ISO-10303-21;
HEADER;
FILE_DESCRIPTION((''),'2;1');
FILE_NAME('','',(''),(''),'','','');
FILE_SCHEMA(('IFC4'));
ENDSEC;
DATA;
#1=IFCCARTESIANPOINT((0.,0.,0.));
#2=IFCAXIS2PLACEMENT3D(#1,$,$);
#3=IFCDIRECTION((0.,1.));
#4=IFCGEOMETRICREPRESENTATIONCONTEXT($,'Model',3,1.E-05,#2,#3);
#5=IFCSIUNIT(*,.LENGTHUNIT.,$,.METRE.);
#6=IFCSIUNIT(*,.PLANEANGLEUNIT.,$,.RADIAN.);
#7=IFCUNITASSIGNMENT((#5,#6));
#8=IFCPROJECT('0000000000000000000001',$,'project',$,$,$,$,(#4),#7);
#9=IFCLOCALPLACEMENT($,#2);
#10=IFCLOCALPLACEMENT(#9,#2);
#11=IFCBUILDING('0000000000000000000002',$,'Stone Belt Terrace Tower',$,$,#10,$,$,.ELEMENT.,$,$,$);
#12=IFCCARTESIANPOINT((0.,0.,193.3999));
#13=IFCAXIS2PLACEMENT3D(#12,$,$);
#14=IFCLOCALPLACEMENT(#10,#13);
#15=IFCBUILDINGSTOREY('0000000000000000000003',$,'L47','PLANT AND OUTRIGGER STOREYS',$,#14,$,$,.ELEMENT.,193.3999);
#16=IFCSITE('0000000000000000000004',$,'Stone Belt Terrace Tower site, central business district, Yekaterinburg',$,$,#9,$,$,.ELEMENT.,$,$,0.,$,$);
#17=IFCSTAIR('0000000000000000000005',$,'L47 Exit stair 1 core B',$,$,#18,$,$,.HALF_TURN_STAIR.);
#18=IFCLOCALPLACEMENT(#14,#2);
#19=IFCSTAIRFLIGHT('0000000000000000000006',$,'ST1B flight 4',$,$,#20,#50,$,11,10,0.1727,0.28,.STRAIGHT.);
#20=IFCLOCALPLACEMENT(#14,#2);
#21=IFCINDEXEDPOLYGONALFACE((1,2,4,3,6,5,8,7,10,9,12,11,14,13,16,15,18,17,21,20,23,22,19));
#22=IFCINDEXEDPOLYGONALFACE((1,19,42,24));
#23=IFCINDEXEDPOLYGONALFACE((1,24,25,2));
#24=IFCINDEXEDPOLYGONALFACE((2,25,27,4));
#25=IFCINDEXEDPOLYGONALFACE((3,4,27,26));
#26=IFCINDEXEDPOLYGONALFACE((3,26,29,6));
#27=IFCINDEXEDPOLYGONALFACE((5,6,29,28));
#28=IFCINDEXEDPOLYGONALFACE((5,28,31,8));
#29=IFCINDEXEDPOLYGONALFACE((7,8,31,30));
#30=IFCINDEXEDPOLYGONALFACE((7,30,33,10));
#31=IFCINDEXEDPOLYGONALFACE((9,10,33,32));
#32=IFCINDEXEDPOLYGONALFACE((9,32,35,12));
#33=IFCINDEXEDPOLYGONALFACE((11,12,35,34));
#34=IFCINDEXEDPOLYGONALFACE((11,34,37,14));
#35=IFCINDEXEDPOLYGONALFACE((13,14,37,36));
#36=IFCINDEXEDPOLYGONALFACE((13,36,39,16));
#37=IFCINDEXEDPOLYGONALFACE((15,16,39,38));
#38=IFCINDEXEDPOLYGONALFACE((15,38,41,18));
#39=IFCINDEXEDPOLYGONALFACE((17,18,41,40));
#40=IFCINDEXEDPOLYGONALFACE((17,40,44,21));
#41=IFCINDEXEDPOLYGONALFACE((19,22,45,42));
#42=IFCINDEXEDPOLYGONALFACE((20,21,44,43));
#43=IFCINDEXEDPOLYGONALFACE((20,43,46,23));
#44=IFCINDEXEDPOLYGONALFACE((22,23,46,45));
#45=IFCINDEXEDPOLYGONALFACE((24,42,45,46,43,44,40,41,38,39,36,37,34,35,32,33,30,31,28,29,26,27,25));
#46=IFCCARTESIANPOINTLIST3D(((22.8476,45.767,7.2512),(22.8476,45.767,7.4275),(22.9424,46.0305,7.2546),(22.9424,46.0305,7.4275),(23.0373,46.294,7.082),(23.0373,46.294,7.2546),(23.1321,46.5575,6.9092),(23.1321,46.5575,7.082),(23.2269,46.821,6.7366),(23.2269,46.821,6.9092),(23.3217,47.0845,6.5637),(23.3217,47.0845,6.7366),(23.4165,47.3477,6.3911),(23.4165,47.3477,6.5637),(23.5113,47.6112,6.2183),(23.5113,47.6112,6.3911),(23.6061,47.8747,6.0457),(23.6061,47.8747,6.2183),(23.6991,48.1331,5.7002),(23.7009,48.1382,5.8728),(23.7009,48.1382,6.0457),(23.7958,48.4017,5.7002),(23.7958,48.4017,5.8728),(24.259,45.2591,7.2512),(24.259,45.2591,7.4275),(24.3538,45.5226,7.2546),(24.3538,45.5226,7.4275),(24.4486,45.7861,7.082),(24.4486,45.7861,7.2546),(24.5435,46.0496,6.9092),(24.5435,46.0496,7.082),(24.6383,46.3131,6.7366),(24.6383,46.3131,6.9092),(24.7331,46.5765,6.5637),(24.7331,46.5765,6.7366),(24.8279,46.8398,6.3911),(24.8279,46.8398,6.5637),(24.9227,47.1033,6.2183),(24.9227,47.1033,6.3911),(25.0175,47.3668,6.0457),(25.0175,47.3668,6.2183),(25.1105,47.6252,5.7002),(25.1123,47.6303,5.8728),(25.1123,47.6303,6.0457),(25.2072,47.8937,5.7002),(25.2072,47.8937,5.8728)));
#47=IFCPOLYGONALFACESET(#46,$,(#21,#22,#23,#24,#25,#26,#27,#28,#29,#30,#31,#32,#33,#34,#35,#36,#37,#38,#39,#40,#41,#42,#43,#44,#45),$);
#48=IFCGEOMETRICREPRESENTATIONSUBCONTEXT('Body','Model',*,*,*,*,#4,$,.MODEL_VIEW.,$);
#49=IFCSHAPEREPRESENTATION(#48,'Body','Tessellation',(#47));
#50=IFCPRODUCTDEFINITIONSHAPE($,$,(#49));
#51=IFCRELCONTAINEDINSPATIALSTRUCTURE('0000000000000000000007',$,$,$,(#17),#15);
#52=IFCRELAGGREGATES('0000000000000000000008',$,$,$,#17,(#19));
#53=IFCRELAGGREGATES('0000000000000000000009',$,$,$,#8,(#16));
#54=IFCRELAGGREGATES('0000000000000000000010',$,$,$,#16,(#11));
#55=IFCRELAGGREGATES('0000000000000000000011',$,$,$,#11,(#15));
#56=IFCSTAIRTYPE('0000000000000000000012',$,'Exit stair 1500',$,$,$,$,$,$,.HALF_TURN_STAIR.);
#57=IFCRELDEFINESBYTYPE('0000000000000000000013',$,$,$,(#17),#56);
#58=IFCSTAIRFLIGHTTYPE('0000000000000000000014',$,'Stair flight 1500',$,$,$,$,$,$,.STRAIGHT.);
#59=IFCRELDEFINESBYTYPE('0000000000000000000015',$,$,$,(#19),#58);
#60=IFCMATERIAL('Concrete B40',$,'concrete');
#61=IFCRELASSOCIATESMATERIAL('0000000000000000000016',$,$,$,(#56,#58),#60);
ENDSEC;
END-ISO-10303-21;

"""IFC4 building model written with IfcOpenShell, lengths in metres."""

from ifc_helpers import new_model, si_unit, direction, frame, origin, place, context, subcontext, project, spatial, polyline, outline, extrude, material, type_object, element, aggregate, save


model = new_model("IFC4")

# Units and contexts
model_context = context("Model", 3, precision=1e-05, world=origin(), true_north=direction((0.0, 1.0)))
body_context = subcontext(model_context, "Body", "Model", "MODEL_VIEW")
ifc_project = project(units=[si_unit("LENGTHUNIT", "METRE"), si_unit("PLANEANGLEUNIT", "RADIAN")], contexts=[model_context])

# Site, building, storey
site_placement = place(None, origin())
site = spatial("IfcSite", under=ifc_project, at=site_placement, Name="Stone Belt Terrace Tower site, central business district, Yekaterinburg", CompositionType="ELEMENT", RefElevation=0.0)
building_placement = place(site_placement, origin())
building = spatial("IfcBuilding", under=site, at=building_placement, Name="Stone Belt Terrace Tower", CompositionType="ELEMENT")
storey_placement = place(building_placement, frame((0.0, 0.0, 193.3999)))
storey = spatial("IfcBuildingStorey", under=building, at=storey_placement, Name="L47", Description="PLANT AND OUTRIGGER STOREYS", CompositionType="ELEMENT", Elevation=193.3999)

# Stair, stair flight
ifc_material_1 = material(Name="Concrete B40", Category="concrete")
stair_type = type_object("IfcStairType", Name="Exit stair 1500", PredefinedType="HALF_TURN_STAIR", material=ifc_material_1)
stair_placement = place(storey_placement, origin())
stair = element("IfcStair", 1, at=stair_placement, inside=storey, type_object=stair_type, Name="L47 Exit stair 1 core B", PredefinedType="HALF_TURN_STAIR")
stair_flight_type = type_object("IfcStairFlightType", Name="Stair flight 1500", PredefinedType="STRAIGHT", material=ifc_material_1)
stair_flight_1_placement = place(storey_placement, frame((24.5015, 48.1477, 5.7002), z_axis=(0.0, 0.0, 1.0), x_axis=(-0.338624, -0.940922, 0.0)))
stair_flight_1 = element("IfcStairFlight", 2, at=stair_flight_1_placement, type_object=stair_flight_type, Name="ST1B flight 4", NumberOfRisers=11, NumberOfTreads=10, PredefinedType="STRAIGHT", RiserHeight=0.1727, TreadLength=0.28, context=body_context, shape_type="SweptSolid", body=[
    extrude(outline(polyline([(0.0, 0.0), (0.0, 0.1726), (0.28, 0.1726), (0.28, 0.3455), (0.5601, 0.3455), (0.5601, 0.5181), (0.8401, 0.5181), (0.8401, 0.6909), (1.1201, 0.6909), (1.1201, 0.8635), (1.3999, 0.8635), (1.3999, 1.0364), (1.6799, 1.0364), (1.6799, 1.209), (1.96, 1.209), (1.96, 1.3818), (2.24, 1.3818), (2.24, 1.5544), (2.52, 1.5544), (2.52, 1.7273), (2.8, 1.7273), (2.8, 1.8999), (2.8, 1.551), (0.2854, 0.0), (0.0, 0.0)])), frame((0.0, 0.75, 0.0), z_axis=(0.0, -1.0, 0.0), x_axis=(1.0, 0.0, 0.0)), (0.0, 0.0, 1.0), 1.5),
])
aggregate(stair, [stair_flight_1])

save(model, "model.ifc")
